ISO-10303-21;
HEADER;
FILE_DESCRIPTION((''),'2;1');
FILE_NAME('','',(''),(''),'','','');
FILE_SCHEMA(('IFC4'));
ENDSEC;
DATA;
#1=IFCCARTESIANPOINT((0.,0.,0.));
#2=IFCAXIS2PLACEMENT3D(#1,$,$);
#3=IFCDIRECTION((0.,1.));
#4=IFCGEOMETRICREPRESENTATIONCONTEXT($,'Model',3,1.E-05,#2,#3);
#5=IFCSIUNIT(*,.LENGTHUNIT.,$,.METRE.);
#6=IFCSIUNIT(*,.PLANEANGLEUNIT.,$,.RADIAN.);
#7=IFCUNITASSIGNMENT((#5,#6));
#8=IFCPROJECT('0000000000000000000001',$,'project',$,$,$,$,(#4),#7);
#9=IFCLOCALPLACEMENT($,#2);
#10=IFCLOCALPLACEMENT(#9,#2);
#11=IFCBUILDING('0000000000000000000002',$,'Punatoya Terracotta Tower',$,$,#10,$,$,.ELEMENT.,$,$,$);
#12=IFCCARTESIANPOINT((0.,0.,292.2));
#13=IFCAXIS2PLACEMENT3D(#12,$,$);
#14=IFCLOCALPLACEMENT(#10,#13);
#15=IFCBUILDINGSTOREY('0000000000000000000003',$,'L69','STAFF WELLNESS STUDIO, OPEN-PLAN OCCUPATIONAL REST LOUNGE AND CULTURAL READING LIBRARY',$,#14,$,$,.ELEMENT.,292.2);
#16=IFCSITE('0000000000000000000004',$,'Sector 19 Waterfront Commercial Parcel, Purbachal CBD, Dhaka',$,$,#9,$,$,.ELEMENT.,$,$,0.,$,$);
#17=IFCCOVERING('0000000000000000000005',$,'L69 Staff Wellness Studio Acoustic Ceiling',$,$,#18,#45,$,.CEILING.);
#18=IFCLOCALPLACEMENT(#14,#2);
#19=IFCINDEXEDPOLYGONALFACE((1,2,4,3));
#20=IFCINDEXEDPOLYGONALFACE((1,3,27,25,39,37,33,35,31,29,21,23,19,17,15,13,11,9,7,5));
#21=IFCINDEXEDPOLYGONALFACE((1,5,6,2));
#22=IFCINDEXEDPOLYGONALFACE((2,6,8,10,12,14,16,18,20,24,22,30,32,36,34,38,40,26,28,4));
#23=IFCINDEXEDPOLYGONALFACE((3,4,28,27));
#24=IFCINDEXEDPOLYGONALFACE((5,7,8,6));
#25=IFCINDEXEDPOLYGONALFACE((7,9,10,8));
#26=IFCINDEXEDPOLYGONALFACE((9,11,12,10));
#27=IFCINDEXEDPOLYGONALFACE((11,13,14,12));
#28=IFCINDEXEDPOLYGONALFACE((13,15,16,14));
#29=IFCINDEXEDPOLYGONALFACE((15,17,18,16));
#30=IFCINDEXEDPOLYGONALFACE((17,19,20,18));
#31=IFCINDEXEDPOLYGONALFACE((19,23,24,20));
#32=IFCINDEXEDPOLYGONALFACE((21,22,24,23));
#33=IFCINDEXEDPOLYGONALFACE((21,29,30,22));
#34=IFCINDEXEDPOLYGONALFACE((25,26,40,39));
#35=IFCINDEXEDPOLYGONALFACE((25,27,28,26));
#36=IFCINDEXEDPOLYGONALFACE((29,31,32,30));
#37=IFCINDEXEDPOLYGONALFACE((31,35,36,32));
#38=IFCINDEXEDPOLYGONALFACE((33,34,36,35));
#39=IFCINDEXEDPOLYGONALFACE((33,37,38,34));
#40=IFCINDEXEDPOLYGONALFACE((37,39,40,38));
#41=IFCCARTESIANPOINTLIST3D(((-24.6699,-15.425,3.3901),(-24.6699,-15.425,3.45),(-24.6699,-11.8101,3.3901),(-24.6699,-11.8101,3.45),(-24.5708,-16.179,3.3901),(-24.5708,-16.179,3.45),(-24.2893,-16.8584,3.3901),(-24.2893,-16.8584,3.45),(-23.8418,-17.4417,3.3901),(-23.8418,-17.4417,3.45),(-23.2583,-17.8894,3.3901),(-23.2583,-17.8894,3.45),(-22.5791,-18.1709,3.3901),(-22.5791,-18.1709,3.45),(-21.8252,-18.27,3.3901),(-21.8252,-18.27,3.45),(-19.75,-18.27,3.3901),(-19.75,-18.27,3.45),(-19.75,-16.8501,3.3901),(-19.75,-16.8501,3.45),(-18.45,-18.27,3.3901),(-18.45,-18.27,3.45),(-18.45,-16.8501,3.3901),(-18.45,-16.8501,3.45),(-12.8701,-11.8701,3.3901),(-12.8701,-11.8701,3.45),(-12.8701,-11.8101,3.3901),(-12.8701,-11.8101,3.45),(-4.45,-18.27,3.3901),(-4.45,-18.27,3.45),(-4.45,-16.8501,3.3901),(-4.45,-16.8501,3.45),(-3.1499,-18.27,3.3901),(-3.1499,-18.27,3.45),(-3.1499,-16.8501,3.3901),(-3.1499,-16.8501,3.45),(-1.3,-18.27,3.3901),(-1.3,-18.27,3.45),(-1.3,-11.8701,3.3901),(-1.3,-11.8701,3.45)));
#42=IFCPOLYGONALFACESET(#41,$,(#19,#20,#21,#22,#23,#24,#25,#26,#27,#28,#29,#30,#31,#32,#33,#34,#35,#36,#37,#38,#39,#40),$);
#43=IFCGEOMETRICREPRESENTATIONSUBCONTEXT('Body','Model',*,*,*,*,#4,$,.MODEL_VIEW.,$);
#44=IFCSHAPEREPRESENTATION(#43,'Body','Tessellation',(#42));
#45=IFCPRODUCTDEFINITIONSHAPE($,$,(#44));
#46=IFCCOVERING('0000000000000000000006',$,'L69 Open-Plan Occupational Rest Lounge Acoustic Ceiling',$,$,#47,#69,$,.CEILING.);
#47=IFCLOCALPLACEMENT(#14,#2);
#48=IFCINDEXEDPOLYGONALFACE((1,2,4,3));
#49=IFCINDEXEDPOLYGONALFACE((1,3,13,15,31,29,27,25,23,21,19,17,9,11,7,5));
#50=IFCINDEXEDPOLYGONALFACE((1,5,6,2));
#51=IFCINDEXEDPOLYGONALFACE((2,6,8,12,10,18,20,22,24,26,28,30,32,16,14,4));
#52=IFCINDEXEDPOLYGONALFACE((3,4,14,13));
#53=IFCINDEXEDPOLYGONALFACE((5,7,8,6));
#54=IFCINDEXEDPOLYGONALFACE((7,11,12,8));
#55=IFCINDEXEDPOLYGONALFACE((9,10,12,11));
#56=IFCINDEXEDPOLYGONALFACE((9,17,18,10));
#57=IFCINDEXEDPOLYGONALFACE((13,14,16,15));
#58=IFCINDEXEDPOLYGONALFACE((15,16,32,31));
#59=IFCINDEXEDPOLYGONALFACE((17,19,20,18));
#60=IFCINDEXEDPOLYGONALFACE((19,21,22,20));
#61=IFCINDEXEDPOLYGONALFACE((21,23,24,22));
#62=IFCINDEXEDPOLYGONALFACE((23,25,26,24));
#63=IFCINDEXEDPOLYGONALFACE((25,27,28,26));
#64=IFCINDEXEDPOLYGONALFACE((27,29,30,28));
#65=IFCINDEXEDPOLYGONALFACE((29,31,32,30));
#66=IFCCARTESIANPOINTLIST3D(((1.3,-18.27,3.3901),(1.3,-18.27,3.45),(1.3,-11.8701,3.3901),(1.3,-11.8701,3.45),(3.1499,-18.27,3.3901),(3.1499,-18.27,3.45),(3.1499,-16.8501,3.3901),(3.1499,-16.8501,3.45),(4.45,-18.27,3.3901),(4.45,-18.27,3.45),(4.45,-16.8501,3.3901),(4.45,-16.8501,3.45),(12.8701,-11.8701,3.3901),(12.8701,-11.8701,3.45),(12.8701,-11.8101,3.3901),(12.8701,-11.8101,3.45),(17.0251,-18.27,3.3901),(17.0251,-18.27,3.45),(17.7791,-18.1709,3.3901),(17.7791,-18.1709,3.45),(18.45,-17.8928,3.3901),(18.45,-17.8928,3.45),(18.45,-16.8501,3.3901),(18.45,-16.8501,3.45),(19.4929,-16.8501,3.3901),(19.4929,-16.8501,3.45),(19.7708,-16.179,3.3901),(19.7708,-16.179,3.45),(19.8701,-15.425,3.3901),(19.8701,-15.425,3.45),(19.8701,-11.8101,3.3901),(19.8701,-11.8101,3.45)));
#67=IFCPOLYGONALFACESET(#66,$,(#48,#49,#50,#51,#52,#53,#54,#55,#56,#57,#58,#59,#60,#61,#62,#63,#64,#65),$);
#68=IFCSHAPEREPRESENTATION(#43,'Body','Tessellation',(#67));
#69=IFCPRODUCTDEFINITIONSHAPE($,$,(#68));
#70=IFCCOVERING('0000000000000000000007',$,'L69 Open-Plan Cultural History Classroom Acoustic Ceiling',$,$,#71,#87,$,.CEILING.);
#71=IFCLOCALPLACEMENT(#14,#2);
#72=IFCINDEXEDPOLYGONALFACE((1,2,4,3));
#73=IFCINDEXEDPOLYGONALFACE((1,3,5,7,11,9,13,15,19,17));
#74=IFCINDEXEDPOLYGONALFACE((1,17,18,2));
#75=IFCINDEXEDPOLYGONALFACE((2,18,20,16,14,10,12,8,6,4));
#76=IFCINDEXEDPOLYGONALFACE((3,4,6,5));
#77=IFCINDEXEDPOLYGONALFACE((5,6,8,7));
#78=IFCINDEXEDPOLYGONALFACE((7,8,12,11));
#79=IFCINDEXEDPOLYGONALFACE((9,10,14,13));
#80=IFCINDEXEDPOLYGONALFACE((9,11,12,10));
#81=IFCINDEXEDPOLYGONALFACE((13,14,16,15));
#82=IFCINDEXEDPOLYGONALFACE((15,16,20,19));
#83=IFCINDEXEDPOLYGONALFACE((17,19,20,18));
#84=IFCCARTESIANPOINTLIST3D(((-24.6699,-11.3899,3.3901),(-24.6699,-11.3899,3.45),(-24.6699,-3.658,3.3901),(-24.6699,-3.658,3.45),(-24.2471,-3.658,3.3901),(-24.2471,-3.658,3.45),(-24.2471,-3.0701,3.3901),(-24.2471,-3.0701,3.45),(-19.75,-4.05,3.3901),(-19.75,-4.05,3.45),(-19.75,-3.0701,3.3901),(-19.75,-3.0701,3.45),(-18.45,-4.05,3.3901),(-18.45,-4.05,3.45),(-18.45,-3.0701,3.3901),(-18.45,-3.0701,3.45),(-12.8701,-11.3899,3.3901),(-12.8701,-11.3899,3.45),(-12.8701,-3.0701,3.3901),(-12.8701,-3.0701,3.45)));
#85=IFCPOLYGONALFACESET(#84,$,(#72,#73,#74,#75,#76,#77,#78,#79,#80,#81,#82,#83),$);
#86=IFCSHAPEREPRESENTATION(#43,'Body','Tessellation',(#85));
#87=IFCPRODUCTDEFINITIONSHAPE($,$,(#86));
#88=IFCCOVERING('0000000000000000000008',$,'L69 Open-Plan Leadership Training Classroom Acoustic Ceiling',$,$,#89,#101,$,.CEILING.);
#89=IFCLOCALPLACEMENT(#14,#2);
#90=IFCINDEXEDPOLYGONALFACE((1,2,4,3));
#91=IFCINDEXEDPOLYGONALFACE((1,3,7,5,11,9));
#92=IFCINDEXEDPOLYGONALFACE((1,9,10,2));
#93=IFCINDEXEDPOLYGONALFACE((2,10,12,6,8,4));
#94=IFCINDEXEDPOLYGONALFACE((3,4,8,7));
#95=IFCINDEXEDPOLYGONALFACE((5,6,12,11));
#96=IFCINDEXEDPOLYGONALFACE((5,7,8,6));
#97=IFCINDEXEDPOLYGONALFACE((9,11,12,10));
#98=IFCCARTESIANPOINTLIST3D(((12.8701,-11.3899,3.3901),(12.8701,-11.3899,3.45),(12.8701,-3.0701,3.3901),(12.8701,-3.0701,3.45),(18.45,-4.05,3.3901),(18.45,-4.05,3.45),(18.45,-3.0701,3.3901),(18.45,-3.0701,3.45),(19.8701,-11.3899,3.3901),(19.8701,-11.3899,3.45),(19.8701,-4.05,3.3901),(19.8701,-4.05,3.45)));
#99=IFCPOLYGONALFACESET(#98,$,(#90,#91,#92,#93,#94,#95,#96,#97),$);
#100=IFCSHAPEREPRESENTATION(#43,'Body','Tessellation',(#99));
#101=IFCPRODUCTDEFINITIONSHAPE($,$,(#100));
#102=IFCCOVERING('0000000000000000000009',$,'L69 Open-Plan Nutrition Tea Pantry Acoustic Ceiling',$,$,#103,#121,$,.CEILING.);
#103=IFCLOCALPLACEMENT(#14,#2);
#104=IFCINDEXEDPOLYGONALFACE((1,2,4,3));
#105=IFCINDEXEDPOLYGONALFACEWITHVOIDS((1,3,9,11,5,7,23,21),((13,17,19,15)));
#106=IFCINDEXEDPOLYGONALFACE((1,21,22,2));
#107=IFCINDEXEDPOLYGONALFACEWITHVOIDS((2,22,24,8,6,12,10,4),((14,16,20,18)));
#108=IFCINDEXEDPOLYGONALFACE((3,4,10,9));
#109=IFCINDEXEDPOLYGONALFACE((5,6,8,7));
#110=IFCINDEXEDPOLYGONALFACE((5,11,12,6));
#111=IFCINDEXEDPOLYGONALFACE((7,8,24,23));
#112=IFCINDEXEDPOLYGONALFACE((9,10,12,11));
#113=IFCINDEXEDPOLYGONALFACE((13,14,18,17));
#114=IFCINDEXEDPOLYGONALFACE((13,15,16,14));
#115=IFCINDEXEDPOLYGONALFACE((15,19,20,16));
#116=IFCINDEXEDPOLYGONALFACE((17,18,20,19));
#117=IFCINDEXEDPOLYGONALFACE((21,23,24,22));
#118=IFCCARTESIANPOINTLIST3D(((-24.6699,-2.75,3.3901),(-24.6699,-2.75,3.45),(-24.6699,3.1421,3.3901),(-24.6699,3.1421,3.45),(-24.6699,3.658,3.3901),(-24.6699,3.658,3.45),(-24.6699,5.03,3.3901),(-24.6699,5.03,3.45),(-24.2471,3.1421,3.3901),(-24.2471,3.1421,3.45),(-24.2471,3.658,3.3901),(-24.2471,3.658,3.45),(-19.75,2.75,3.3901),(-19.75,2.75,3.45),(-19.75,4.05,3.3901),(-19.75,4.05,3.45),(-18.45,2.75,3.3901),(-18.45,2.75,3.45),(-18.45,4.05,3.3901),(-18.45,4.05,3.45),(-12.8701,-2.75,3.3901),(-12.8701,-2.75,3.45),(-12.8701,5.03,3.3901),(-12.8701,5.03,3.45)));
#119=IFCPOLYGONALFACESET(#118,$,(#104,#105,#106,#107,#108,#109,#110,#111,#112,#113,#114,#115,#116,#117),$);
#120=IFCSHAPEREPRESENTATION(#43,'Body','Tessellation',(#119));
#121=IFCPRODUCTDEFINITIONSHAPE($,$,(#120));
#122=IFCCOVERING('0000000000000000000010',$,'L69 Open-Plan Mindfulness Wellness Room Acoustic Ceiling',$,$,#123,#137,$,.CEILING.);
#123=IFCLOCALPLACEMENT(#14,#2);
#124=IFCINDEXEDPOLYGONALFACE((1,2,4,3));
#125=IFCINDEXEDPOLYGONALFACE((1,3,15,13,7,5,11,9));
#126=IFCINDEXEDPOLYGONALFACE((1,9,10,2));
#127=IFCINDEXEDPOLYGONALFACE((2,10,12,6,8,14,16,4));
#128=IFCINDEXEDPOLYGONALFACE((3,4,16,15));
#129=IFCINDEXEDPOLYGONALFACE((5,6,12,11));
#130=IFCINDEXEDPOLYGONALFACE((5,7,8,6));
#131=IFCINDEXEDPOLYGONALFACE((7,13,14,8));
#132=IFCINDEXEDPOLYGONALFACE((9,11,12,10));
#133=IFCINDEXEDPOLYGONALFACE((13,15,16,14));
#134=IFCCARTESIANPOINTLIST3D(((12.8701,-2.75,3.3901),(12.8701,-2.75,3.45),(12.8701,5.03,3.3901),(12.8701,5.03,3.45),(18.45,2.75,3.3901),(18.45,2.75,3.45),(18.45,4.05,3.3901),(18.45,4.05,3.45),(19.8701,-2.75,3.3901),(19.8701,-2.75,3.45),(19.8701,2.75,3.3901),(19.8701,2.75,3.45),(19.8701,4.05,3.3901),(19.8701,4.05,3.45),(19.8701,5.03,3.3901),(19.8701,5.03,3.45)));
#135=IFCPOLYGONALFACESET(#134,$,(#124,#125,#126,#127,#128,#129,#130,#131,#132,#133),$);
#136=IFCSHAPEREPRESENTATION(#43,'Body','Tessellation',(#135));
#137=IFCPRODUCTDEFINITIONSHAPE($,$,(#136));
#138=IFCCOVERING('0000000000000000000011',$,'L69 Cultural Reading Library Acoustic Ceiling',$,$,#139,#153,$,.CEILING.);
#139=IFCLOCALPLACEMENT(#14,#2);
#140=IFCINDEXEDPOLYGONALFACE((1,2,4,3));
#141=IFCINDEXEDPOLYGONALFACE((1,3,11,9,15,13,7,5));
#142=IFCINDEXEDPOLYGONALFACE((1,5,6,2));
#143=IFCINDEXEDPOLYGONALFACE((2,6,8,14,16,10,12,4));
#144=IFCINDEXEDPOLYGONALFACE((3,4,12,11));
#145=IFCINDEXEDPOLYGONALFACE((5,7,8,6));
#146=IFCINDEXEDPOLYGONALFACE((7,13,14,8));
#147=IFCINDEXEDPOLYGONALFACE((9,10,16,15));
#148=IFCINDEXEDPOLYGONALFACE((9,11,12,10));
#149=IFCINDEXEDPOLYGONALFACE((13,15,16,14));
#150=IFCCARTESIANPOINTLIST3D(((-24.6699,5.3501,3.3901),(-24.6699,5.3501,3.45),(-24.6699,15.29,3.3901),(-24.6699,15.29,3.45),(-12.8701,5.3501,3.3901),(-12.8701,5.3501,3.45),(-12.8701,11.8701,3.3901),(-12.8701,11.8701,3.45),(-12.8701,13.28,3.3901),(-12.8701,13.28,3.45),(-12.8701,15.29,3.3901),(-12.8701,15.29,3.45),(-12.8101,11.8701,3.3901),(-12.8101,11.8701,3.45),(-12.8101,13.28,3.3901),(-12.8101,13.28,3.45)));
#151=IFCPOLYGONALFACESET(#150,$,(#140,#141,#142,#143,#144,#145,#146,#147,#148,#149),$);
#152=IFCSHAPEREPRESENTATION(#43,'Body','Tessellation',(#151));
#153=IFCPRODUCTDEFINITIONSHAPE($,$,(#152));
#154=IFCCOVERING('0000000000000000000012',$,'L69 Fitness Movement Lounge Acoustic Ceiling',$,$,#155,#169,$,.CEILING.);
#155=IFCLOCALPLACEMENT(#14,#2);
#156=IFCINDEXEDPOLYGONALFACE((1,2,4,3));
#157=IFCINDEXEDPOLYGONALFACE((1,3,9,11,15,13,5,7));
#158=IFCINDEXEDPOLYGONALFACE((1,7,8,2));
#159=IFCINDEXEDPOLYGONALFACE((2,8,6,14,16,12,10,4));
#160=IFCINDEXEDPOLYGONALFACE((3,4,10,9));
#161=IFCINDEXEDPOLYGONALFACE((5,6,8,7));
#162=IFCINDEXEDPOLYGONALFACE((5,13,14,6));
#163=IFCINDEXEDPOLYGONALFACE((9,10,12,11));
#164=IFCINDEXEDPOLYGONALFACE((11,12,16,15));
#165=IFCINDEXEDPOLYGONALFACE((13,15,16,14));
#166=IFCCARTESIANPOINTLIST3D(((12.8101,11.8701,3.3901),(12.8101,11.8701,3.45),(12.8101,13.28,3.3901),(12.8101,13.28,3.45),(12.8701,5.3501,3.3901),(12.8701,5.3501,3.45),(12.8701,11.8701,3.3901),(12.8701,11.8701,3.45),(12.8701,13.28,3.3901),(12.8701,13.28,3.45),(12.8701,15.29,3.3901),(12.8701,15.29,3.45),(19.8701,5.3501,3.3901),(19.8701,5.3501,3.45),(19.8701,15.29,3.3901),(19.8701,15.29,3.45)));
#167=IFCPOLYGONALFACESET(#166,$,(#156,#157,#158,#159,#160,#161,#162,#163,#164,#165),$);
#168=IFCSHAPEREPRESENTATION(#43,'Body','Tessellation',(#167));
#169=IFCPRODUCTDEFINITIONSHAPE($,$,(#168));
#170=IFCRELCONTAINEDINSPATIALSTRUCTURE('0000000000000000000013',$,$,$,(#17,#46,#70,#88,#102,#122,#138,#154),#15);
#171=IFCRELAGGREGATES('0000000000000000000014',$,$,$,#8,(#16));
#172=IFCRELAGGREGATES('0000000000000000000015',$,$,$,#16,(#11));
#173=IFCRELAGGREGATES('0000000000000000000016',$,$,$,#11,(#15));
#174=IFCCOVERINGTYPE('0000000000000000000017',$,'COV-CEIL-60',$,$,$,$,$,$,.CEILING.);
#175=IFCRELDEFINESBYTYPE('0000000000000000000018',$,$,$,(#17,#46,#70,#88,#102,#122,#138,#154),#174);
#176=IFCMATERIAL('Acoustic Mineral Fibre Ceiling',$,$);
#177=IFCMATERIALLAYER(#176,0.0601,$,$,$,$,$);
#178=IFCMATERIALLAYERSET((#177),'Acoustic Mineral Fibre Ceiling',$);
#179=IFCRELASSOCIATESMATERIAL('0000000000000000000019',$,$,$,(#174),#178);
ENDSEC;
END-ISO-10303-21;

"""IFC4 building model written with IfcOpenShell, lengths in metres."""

from ifc_helpers import new_model, si_unit, direction, frame, origin, place, context, subcontext, project, spatial, polyline, outline, extrude, material, layer, layer_set, type_object, element, save


model = new_model("IFC4")

# Units and contexts
model_context = context("Model", 3, precision=1e-05, world=origin(), true_north=direction((0.0, 1.0)))
body_context = subcontext(model_context, "Body", "Model", "MODEL_VIEW")
ifc_project = project(units=[si_unit("LENGTHUNIT", "METRE"), si_unit("PLANEANGLEUNIT", "RADIAN")], contexts=[model_context])

# Site, building, storey
site_placement = place(None, origin())
site = spatial("IfcSite", under=ifc_project, at=site_placement, Name="Sector 19 Waterfront Commercial Parcel, Purbachal CBD, Dhaka", CompositionType="ELEMENT", RefElevation=0.0)
building_placement = place(site_placement, origin())
building = spatial("IfcBuilding", under=site, at=building_placement, Name="Punatoya Terracotta Tower", CompositionType="ELEMENT")
storey_placement = place(building_placement, frame((0.0, 0.0, 292.2)))
storey = spatial("IfcBuildingStorey", under=building, at=storey_placement, Name="L69", Description="STAFF WELLNESS STUDIO, OPEN-PLAN OCCUPATIONAL REST LOUNGE AND CULTURAL READING LIBRARY", CompositionType="ELEMENT", Elevation=292.2)

# Coverings
ifc_material_1 = material(Name="Acoustic Mineral Fibre Ceiling")
ifc_layer_1 = layer(ifc_material_1, 0.0601)
ifc_layer_set_1 = layer_set([ifc_layer_1], Name="Acoustic Mineral Fibre Ceiling")
covering_type = type_object("IfcCoveringType", Name="COV-CEIL-60", PredefinedType="CEILING", material=ifc_layer_set_1)
covering_1_placement = place(storey_placement, frame((0.0, 0.0, 3.3901)))
element("IfcCovering", 1, at=covering_1_placement, inside=storey, type_object=covering_type, Name="L69 Staff Wellness Studio Acoustic Ceiling", PredefinedType="CEILING", context=body_context, shape_type="SweptSolid", body=[
    extrude(outline(polyline([(-24.2893, -16.8584), (-23.8418, -17.4417), (-23.2583, -17.8894), (-22.5791, -18.1709), (-21.8252, -18.27), (-19.75, -18.27), (-19.75, -16.8501), (-18.45, -16.8501), (-18.45, -18.27), (-4.45, -18.27), (-4.45, -16.8501), (-3.1499, -16.8501), (-3.1499, -18.27), (-1.3, -18.27), (-1.3, -11.8701), (-12.8701, -11.8701), (-12.8701, -11.8101), (-24.6699, -11.8101), (-24.6699, -15.425), (-24.5708, -16.179), (-24.2893, -16.8584)])), origin(), (0.0, 0.0, 1.0), 0.0598),
])
covering_2_placement = place(storey_placement, frame((0.0, 0.0, 3.3901)))
element("IfcCovering", 2, at=covering_2_placement, inside=storey, type_object=covering_type, Name="L69 Open-Plan Occupational Rest Lounge Acoustic Ceiling", PredefinedType="CEILING", context=body_context, shape_type="SweptSolid", body=[
    extrude(outline(polyline([(3.1499, -18.27), (3.1499, -16.8501), (4.45, -16.8501), (4.45, -18.27), (17.0251, -18.27), (17.7791, -18.1709), (18.45, -17.8928), (18.45, -16.8501), (19.4929, -16.8501), (19.7708, -16.179), (19.8701, -15.425), (19.8701, -11.8101), (12.8701, -11.8101), (12.8701, -11.8701), (1.3, -11.8701), (1.3, -18.27), (3.1499, -18.27)])), origin(), (0.0, 0.0, 1.0), 0.0598),
])
covering_3_placement = place(storey_placement, frame((0.0, 0.0, 3.3901)))
element("IfcCovering", 3, at=covering_3_placement, inside=storey, type_object=covering_type, Name="L69 Open-Plan Cultural History Classroom Acoustic Ceiling", PredefinedType="CEILING", context=body_context, shape_type="SweptSolid", body=[
    extrude(outline(polyline([(-24.2471, -3.0701), (-24.2471, -3.658), (-24.6699, -3.658), (-24.6699, -11.3899), (-12.8701, -11.3899), (-12.8701, -3.0701), (-18.45, -3.0701), (-18.45, -4.05), (-19.75, -4.05), (-19.75, -3.0701), (-24.2471, -3.0701)])), origin(), (0.0, 0.0, 1.0), 0.0598),
])
covering_4_placement = place(storey_placement, frame((0.0, 0.0, 3.3901)))
element("IfcCovering", 4, at=covering_4_placement, inside=storey, type_object=covering_type, Name="L69 Open-Plan Leadership Training Classroom Acoustic Ceiling", PredefinedType="CEILING", context=body_context, shape_type="SweptSolid", body=[
    extrude(outline(polyline([(19.8701, -11.3899), (19.8701, -4.05), (18.45, -4.05), (18.45, -3.0701), (12.8701, -3.0701), (12.8701, -11.3899), (19.8701, -11.3899)])), origin(), (0.0, 0.0, 1.0), 0.0598),
])
covering_5_placement = place(storey_placement, frame((0.0, 0.0, 3.3901)))
element("IfcCovering", 5, at=covering_5_placement, inside=storey, type_object=covering_type, Name="L69 Open-Plan Nutrition Tea Pantry Acoustic Ceiling", PredefinedType="CEILING", context=body_context, shape_type="SweptSolid", body=[
    extrude(outline(polyline([(-12.8701, -2.75), (-12.8701, 5.03), (-24.6699, 5.03), (-24.6699, 3.658), (-24.2471, 3.658), (-24.2471, 3.1421), (-24.6699, 3.1421), (-24.6699, -2.75), (-12.8701, -2.75)]), holes=[polyline([(-18.45, 4.05), (-18.45, 2.75), (-19.75, 2.75), (-19.75, 4.05), (-18.45, 4.05)])]), origin(), (0.0, 0.0, 1.0), 0.0598),
])
covering_6_placement = place(storey_placement, frame((0.0, 0.0, 3.3901)))
element("IfcCovering", 6, at=covering_6_placement, inside=storey, type_object=covering_type, Name="L69 Open-Plan Mindfulness Wellness Room Acoustic Ceiling", PredefinedType="CEILING", context=body_context, shape_type="SweptSolid", body=[
    extrude(outline(polyline([(12.8701, 5.03), (12.8701, -2.75), (19.8701, -2.75), (19.8701, 2.75), (18.45, 2.75), (18.45, 4.05), (19.8701, 4.05), (19.8701, 5.03), (12.8701, 5.03)])), origin(), (0.0, 0.0, 1.0), 0.0598),
])
covering_7_placement = place(storey_placement, frame((0.0, 0.0, 3.3901)))
element("IfcCovering", 7, at=covering_7_placement, inside=storey, type_object=covering_type, Name="L69 Cultural Reading Library Acoustic Ceiling", PredefinedType="CEILING", context=body_context, shape_type="SweptSolid", body=[
    extrude(outline(polyline([(-12.8701, 11.8701), (-12.8101, 11.8701), (-12.8101, 13.28), (-12.8701, 13.28), (-12.8701, 15.29), (-24.6699, 15.29), (-24.6699, 5.3501), (-12.8701, 5.3501), (-12.8701, 11.8701)])), origin(), (0.0, 0.0, 1.0), 0.0598),
])
covering_8_placement = place(storey_placement, frame((0.0, 0.0, 3.3901)))
element("IfcCovering", 8, at=covering_8_placement, inside=storey, type_object=covering_type, Name="L69 Fitness Movement Lounge Acoustic Ceiling", PredefinedType="CEILING", context=body_context, shape_type="SweptSolid", body=[
    extrude(outline(polyline([(12.8101, 11.8701), (12.8701, 11.8701), (12.8701, 5.3501), (19.8701, 5.3501), (19.8701, 15.29), (12.8701, 15.29), (12.8701, 13.28), (12.8101, 13.28), (12.8101, 11.8701)])), origin(), (0.0, 0.0, 1.0), 0.0598),
])

save(model, "model.ifc")
